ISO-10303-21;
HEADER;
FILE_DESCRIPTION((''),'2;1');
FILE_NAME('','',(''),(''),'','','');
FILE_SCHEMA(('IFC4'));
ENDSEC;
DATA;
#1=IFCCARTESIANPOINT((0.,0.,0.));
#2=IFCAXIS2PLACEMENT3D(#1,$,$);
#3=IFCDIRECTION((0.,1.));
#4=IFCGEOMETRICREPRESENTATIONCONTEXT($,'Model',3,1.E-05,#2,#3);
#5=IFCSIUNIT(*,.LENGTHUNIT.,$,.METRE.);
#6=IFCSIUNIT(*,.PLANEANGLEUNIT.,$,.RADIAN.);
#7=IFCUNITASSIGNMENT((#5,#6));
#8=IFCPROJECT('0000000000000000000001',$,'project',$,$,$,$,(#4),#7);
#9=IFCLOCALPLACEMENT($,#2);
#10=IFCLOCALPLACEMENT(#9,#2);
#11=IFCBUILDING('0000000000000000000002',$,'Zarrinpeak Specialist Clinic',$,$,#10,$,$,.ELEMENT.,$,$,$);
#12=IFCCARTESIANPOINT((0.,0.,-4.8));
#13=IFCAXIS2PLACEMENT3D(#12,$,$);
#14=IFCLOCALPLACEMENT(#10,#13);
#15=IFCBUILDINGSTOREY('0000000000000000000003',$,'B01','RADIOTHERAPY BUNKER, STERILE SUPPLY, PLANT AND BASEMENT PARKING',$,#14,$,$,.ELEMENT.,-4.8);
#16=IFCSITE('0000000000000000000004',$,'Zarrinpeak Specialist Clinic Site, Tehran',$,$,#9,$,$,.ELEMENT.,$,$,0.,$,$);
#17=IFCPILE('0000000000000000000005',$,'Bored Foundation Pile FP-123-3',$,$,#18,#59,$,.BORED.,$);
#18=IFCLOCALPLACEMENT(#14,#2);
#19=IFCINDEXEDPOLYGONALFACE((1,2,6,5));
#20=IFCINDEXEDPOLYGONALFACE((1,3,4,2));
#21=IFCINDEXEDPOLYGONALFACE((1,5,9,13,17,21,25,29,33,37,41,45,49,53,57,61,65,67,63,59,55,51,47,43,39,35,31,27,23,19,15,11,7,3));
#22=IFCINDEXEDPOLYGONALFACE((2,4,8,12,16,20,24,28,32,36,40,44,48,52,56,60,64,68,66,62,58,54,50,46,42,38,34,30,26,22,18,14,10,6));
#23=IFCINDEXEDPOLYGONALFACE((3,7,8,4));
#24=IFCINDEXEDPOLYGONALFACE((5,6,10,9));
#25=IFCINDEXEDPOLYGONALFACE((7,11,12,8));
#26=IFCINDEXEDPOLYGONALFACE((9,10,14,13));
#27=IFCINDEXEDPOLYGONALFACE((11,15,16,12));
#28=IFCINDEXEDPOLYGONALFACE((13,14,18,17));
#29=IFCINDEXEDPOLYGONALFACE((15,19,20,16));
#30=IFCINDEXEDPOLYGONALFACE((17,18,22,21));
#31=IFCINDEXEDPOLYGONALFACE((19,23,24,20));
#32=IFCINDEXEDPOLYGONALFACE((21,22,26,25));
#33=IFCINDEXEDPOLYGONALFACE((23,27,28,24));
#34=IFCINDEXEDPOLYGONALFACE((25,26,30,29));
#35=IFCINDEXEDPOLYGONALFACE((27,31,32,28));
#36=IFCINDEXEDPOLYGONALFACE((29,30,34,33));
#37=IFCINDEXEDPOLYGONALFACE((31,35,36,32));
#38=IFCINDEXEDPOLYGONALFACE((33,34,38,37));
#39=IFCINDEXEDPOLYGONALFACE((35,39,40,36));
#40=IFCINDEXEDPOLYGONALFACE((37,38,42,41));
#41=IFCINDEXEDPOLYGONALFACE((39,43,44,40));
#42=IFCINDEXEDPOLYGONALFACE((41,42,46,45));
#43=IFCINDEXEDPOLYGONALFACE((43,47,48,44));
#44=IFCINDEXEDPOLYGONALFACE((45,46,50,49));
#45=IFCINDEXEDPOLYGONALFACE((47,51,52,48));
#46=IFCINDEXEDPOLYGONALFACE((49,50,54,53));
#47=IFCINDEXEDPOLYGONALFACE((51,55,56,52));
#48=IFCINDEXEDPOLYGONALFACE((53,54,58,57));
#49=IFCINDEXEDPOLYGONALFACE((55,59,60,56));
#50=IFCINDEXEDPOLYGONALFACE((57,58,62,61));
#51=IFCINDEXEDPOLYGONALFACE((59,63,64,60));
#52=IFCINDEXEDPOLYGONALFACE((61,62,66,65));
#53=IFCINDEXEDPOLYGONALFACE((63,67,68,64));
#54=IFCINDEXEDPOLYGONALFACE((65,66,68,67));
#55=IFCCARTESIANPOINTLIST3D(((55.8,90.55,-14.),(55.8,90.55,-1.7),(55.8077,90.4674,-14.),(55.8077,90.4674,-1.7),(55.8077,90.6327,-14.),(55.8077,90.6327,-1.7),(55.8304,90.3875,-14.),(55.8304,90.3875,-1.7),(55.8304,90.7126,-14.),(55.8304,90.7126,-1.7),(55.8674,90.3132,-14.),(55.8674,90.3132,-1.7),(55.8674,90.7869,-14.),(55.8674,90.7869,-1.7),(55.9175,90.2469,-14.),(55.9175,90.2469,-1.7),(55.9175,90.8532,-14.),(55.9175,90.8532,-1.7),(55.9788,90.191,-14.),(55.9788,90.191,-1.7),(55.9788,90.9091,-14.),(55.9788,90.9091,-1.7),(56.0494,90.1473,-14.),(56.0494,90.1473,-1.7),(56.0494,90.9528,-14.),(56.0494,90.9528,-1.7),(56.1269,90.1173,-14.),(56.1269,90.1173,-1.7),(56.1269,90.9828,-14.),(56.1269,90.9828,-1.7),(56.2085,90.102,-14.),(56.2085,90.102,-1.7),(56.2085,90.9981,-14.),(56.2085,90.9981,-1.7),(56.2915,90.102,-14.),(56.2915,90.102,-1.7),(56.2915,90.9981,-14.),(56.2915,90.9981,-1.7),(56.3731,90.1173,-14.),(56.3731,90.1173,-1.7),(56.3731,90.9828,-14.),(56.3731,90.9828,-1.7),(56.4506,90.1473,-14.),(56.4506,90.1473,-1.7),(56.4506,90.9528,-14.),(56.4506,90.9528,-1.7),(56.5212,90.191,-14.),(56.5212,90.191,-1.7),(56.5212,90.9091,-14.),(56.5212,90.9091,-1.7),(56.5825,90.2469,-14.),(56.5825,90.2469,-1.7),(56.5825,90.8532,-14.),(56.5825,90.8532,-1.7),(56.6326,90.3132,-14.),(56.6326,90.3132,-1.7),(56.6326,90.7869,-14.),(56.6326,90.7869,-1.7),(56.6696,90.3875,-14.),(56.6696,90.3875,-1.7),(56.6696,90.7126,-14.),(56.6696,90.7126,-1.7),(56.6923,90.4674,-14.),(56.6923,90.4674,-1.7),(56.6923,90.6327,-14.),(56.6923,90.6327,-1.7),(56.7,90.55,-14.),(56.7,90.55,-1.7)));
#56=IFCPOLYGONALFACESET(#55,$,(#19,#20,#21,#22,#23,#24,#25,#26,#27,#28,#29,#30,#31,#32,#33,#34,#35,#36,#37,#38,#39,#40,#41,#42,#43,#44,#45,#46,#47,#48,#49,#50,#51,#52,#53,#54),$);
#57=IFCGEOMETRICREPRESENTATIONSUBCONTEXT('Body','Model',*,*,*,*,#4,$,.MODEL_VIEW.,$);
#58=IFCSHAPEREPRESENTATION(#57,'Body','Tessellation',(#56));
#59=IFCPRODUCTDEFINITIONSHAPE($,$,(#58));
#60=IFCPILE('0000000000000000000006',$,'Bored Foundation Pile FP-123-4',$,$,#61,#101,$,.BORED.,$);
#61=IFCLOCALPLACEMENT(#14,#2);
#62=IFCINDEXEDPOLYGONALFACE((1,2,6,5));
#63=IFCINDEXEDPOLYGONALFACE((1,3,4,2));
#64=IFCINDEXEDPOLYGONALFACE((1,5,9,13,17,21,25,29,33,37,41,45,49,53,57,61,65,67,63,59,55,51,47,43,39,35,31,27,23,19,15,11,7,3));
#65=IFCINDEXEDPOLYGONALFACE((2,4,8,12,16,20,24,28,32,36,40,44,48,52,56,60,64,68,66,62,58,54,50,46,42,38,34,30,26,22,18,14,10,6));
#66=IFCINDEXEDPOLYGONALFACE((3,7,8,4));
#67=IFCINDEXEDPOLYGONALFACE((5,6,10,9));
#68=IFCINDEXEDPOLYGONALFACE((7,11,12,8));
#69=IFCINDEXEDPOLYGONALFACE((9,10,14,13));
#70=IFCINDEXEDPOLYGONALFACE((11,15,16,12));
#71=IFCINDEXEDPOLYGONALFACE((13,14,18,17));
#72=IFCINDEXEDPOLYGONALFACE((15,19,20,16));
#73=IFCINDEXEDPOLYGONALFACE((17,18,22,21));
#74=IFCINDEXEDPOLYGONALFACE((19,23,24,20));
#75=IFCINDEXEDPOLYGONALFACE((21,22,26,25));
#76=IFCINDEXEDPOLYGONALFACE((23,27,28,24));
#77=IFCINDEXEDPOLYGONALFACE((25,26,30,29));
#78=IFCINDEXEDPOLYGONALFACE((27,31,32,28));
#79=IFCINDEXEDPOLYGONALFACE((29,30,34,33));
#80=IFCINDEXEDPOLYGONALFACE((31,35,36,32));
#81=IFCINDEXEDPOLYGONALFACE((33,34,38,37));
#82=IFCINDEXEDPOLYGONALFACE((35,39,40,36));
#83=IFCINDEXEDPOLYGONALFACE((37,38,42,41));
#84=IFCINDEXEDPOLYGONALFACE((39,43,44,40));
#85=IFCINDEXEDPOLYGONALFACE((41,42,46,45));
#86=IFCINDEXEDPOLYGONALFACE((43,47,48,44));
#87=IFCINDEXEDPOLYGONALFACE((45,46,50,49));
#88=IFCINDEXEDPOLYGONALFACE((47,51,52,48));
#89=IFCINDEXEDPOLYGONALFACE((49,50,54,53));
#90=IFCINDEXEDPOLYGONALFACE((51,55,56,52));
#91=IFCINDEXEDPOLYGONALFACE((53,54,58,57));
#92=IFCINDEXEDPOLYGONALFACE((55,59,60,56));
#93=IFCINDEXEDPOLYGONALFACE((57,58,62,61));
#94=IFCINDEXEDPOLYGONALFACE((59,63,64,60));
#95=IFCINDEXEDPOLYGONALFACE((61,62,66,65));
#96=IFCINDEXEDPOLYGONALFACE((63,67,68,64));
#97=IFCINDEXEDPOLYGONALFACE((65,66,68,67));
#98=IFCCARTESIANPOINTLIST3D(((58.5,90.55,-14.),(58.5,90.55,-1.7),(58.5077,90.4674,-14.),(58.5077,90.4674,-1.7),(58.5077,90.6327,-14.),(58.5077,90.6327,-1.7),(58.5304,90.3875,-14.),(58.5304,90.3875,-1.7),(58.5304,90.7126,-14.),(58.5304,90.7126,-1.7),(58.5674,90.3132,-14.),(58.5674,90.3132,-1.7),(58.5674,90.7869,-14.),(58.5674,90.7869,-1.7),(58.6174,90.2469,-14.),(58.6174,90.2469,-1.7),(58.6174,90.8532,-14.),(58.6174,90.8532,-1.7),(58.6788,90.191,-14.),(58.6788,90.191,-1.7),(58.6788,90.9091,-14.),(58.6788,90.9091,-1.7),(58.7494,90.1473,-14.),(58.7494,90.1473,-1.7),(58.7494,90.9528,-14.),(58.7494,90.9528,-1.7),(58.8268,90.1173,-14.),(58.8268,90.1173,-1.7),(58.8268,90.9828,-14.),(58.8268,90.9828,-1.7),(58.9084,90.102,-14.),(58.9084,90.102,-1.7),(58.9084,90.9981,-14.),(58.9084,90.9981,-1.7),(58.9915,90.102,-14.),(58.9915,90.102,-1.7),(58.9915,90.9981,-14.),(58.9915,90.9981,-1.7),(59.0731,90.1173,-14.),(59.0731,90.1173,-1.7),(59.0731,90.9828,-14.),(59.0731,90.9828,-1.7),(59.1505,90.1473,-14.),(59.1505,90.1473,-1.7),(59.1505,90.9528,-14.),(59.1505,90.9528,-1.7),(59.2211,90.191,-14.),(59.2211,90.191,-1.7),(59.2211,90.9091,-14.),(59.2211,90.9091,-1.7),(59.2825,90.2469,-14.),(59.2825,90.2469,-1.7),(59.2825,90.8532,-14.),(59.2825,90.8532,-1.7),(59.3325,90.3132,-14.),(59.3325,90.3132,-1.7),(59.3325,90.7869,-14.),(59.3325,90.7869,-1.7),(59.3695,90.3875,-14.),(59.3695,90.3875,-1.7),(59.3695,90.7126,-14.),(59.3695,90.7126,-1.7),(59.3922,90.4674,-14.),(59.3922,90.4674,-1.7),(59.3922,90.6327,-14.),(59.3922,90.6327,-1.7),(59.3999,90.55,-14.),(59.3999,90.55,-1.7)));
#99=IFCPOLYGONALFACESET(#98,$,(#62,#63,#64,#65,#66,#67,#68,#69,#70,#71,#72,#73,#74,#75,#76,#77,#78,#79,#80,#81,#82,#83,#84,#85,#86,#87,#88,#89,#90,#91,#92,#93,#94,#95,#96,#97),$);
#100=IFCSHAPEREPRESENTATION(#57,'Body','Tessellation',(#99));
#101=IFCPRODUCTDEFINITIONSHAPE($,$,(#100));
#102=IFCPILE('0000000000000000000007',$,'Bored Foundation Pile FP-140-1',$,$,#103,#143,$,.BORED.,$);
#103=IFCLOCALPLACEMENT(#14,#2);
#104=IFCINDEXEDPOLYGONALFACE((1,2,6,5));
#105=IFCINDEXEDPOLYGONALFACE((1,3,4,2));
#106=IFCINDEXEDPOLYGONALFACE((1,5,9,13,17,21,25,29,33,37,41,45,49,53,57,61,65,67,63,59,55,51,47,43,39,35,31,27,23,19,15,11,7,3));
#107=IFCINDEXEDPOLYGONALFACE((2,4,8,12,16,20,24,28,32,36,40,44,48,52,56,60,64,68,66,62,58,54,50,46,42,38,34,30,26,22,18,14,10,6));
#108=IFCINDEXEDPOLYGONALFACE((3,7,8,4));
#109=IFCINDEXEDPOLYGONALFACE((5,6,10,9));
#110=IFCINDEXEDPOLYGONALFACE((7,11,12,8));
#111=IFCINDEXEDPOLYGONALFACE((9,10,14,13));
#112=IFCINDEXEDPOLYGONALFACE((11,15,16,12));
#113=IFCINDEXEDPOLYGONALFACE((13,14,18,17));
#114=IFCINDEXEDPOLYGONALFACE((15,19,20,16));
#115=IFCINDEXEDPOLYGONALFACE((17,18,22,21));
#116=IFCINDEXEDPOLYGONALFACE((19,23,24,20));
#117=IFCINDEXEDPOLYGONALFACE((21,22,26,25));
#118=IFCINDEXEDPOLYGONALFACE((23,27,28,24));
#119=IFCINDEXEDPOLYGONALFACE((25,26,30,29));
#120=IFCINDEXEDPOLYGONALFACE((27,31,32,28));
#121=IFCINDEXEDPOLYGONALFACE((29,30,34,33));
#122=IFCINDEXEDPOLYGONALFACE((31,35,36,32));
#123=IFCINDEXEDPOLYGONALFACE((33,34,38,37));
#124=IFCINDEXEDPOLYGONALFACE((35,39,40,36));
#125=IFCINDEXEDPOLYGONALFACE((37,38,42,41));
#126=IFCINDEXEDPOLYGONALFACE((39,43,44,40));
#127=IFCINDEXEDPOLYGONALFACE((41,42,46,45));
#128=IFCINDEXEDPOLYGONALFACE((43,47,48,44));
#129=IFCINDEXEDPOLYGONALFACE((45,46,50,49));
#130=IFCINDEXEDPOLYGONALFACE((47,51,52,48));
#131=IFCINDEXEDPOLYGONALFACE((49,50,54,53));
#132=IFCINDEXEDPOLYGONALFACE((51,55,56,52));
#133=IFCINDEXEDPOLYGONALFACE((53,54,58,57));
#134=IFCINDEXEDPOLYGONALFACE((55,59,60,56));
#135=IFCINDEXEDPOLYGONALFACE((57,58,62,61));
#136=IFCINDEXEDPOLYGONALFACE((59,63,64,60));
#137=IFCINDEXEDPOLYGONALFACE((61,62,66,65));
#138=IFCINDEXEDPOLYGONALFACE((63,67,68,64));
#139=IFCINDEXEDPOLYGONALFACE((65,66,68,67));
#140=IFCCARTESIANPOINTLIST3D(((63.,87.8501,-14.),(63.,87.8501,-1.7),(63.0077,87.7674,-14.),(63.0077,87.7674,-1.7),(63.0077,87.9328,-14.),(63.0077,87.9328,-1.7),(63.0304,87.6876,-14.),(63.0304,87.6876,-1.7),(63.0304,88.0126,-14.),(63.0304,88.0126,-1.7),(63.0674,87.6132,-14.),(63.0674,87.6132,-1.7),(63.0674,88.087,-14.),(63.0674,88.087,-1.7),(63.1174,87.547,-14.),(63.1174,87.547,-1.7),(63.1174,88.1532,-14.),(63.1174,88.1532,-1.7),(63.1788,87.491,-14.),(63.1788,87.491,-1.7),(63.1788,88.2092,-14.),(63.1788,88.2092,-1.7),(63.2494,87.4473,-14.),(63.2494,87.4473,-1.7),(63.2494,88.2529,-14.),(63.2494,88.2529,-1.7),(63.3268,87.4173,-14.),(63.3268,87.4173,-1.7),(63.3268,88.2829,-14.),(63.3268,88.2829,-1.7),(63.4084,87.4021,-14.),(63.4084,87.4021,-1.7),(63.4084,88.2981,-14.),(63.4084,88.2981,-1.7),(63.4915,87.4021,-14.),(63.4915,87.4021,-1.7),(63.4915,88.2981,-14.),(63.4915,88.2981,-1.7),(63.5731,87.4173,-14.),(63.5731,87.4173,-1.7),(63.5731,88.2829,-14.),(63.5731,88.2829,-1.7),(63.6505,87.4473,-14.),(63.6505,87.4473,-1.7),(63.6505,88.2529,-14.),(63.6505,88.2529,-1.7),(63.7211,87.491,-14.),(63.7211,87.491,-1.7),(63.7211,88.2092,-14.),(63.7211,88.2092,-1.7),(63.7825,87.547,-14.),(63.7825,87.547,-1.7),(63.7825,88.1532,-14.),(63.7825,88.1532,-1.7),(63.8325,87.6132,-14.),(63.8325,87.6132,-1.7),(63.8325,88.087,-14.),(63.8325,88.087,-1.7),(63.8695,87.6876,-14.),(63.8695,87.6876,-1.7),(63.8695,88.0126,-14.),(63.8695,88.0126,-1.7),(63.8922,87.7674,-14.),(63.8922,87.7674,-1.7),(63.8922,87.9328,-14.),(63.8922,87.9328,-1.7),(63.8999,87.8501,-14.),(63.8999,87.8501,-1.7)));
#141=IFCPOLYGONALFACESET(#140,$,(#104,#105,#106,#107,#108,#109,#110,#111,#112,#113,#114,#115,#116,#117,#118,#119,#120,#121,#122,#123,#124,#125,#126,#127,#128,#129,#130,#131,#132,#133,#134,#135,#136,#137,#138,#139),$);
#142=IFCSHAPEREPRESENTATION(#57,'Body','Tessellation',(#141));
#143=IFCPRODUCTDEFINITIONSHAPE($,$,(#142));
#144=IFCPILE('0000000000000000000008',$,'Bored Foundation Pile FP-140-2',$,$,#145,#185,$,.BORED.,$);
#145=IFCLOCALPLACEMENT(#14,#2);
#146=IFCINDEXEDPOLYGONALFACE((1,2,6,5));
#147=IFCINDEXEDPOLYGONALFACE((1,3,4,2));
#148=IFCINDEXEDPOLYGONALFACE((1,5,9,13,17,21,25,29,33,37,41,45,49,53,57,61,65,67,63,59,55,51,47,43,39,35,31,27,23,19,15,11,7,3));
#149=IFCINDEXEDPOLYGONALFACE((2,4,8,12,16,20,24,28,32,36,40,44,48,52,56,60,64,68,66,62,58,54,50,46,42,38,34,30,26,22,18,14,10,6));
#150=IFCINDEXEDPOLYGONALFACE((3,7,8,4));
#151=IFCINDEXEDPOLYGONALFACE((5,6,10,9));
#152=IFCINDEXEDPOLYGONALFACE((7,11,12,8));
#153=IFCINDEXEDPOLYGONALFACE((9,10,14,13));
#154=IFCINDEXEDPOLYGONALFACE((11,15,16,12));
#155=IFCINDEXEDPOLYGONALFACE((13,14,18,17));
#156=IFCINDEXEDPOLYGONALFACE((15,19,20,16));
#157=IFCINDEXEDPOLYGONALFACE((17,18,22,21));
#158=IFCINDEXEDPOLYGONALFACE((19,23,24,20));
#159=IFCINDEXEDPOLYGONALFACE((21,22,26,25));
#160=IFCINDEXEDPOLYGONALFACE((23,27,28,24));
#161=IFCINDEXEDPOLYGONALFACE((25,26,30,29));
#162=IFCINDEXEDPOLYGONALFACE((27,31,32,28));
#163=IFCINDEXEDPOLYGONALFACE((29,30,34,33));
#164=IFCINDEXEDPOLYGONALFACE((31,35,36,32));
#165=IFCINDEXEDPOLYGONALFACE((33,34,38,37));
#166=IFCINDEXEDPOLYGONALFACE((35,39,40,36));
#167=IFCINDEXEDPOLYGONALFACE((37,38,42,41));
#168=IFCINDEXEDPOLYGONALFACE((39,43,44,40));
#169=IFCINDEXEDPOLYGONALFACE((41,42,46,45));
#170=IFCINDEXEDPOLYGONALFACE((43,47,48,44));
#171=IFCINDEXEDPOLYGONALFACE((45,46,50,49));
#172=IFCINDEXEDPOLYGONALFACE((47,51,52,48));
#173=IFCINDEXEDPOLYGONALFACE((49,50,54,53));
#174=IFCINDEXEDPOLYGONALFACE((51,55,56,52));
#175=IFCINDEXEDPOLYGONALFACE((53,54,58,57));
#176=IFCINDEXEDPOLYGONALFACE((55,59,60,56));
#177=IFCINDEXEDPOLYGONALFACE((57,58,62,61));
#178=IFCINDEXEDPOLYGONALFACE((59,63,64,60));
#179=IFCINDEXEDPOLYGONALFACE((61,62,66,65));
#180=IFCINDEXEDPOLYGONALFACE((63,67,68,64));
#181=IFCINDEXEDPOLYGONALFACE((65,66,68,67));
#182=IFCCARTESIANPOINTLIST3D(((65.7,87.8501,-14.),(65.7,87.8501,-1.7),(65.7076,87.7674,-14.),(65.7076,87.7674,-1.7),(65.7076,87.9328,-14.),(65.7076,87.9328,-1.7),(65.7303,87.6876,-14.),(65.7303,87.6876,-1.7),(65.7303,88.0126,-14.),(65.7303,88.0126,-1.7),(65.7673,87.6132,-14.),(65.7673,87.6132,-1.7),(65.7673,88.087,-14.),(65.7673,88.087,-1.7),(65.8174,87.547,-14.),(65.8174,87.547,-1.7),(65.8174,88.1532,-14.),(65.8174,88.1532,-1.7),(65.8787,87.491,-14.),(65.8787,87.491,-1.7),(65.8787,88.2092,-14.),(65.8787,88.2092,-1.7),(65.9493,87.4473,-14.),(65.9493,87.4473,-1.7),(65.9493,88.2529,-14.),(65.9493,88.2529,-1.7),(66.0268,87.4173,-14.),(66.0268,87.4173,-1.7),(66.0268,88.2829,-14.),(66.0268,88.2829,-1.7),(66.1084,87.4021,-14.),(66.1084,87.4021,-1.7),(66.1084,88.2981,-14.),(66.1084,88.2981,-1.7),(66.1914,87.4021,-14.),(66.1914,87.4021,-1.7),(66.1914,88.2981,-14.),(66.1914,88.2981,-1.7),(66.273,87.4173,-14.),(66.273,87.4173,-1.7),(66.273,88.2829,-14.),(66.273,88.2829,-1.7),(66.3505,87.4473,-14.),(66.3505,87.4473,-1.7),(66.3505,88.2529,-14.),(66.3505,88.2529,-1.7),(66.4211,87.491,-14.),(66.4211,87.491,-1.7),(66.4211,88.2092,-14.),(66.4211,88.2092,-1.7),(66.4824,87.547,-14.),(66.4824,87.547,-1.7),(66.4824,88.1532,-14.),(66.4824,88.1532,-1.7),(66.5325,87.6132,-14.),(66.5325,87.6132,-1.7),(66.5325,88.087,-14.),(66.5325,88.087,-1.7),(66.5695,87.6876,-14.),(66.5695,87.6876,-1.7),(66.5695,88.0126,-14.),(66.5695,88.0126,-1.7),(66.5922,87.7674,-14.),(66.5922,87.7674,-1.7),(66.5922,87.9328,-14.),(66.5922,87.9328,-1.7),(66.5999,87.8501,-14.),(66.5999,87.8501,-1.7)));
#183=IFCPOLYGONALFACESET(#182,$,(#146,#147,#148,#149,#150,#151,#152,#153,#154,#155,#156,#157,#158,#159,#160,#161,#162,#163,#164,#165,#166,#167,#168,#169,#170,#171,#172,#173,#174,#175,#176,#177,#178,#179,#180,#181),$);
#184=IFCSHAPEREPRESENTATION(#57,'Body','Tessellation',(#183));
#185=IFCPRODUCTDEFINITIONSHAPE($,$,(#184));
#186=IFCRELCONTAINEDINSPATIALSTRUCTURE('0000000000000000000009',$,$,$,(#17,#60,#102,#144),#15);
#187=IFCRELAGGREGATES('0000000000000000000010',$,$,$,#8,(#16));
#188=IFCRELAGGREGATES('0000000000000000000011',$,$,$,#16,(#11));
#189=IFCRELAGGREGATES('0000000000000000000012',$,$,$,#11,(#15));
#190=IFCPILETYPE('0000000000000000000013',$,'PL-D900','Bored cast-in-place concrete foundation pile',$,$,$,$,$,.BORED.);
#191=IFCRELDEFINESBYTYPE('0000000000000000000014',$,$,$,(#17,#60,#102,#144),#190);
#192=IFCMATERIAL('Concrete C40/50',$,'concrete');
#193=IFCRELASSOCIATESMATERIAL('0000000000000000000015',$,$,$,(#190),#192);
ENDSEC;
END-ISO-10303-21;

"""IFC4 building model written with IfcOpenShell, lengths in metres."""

from ifc_helpers import new_model, si_unit, direction, frame, origin, origin_2d, place, context, subcontext, project, spatial, circle, extrude, material, material_profile, profile_set, type_object, element, save


model = new_model("IFC4")

# Units and contexts
model_context = context("Model", 3, precision=1e-05, world=origin(), true_north=direction((0.0, 1.0)))
body_context = subcontext(model_context, "Body", "Model", "MODEL_VIEW")
ifc_project = project(units=[si_unit("LENGTHUNIT", "METRE"), si_unit("PLANEANGLEUNIT", "RADIAN")], contexts=[model_context])

# Site, building, storey
site_placement = place(None, origin())
site = spatial("IfcSite", under=ifc_project, at=site_placement, Name="Zarrinpeak Specialist Clinic Site, Tehran", CompositionType="ELEMENT", RefElevation=0.0)
building_placement = place(site_placement, origin())
building = spatial("IfcBuilding", under=site, at=building_placement, Name="Zarrinpeak Specialist Clinic", CompositionType="ELEMENT")
storey_placement = place(building_placement, frame((0.0, 0.0, -4.8)))
storey = spatial("IfcBuildingStorey", under=building, at=storey_placement, Name="B01", Description="RADIOTHERAPY BUNKER, STERILE SUPPLY, PLANT AND BASEMENT PARKING", CompositionType="ELEMENT", Elevation=-4.8)

# Shared definitions
ifc_material = material(Name="Concrete C40/50", Category="concrete")

# Piles
ifc_material_profile_1 = material_profile(ifc_material, circle(Radius=0.45, at=origin_2d()), Name="BORED PILE D900")
ifc_profile_set_1 = profile_set([ifc_material_profile_1], Name="Concrete C40/50")
pile_type_1 = type_object("IfcPileType", Name="PL-D900", Description="Bored cast-in-place concrete foundation pile", PredefinedType="BORED", material=ifc_profile_set_1)
for number, where, z_axis, x_axis, name in (
    (1, (56.25, 90.55, -1.7), (0.0, 0.0, -1.0), (1.0, 0.0, 0.0), "Bored Foundation Pile FP-123-3"),
    (2, (58.95, 90.55, -1.7), (0.0, 0.0, -1.0), (1.0, 0.0, 0.0), "Bored Foundation Pile FP-123-4"),
    (3, (63.45, 87.8501, -1.7), (0.0, 0.0, -1.0), (1.0, 0.0, 0.0), "Bored Foundation Pile FP-140-1"),
    (4, (66.1499, 87.8501, -1.7), (0.0, 0.0, -1.0), (1.0, 0.0, 0.0), "Bored Foundation Pile FP-140-2"),
):
    element("IfcPile", number, at=place(storey_placement, frame(where, z_axis=z_axis, x_axis=x_axis)), inside=storey, type_object=pile_type_1, Name=name, PredefinedType="BORED", context=body_context, shape_type="SweptSolid", body=[
        extrude(circle(Radius=0.45, at=origin_2d()), origin(), (0.0, 0.0, 1.0), 12.3),
    ])

save(model, "model.ifc")
